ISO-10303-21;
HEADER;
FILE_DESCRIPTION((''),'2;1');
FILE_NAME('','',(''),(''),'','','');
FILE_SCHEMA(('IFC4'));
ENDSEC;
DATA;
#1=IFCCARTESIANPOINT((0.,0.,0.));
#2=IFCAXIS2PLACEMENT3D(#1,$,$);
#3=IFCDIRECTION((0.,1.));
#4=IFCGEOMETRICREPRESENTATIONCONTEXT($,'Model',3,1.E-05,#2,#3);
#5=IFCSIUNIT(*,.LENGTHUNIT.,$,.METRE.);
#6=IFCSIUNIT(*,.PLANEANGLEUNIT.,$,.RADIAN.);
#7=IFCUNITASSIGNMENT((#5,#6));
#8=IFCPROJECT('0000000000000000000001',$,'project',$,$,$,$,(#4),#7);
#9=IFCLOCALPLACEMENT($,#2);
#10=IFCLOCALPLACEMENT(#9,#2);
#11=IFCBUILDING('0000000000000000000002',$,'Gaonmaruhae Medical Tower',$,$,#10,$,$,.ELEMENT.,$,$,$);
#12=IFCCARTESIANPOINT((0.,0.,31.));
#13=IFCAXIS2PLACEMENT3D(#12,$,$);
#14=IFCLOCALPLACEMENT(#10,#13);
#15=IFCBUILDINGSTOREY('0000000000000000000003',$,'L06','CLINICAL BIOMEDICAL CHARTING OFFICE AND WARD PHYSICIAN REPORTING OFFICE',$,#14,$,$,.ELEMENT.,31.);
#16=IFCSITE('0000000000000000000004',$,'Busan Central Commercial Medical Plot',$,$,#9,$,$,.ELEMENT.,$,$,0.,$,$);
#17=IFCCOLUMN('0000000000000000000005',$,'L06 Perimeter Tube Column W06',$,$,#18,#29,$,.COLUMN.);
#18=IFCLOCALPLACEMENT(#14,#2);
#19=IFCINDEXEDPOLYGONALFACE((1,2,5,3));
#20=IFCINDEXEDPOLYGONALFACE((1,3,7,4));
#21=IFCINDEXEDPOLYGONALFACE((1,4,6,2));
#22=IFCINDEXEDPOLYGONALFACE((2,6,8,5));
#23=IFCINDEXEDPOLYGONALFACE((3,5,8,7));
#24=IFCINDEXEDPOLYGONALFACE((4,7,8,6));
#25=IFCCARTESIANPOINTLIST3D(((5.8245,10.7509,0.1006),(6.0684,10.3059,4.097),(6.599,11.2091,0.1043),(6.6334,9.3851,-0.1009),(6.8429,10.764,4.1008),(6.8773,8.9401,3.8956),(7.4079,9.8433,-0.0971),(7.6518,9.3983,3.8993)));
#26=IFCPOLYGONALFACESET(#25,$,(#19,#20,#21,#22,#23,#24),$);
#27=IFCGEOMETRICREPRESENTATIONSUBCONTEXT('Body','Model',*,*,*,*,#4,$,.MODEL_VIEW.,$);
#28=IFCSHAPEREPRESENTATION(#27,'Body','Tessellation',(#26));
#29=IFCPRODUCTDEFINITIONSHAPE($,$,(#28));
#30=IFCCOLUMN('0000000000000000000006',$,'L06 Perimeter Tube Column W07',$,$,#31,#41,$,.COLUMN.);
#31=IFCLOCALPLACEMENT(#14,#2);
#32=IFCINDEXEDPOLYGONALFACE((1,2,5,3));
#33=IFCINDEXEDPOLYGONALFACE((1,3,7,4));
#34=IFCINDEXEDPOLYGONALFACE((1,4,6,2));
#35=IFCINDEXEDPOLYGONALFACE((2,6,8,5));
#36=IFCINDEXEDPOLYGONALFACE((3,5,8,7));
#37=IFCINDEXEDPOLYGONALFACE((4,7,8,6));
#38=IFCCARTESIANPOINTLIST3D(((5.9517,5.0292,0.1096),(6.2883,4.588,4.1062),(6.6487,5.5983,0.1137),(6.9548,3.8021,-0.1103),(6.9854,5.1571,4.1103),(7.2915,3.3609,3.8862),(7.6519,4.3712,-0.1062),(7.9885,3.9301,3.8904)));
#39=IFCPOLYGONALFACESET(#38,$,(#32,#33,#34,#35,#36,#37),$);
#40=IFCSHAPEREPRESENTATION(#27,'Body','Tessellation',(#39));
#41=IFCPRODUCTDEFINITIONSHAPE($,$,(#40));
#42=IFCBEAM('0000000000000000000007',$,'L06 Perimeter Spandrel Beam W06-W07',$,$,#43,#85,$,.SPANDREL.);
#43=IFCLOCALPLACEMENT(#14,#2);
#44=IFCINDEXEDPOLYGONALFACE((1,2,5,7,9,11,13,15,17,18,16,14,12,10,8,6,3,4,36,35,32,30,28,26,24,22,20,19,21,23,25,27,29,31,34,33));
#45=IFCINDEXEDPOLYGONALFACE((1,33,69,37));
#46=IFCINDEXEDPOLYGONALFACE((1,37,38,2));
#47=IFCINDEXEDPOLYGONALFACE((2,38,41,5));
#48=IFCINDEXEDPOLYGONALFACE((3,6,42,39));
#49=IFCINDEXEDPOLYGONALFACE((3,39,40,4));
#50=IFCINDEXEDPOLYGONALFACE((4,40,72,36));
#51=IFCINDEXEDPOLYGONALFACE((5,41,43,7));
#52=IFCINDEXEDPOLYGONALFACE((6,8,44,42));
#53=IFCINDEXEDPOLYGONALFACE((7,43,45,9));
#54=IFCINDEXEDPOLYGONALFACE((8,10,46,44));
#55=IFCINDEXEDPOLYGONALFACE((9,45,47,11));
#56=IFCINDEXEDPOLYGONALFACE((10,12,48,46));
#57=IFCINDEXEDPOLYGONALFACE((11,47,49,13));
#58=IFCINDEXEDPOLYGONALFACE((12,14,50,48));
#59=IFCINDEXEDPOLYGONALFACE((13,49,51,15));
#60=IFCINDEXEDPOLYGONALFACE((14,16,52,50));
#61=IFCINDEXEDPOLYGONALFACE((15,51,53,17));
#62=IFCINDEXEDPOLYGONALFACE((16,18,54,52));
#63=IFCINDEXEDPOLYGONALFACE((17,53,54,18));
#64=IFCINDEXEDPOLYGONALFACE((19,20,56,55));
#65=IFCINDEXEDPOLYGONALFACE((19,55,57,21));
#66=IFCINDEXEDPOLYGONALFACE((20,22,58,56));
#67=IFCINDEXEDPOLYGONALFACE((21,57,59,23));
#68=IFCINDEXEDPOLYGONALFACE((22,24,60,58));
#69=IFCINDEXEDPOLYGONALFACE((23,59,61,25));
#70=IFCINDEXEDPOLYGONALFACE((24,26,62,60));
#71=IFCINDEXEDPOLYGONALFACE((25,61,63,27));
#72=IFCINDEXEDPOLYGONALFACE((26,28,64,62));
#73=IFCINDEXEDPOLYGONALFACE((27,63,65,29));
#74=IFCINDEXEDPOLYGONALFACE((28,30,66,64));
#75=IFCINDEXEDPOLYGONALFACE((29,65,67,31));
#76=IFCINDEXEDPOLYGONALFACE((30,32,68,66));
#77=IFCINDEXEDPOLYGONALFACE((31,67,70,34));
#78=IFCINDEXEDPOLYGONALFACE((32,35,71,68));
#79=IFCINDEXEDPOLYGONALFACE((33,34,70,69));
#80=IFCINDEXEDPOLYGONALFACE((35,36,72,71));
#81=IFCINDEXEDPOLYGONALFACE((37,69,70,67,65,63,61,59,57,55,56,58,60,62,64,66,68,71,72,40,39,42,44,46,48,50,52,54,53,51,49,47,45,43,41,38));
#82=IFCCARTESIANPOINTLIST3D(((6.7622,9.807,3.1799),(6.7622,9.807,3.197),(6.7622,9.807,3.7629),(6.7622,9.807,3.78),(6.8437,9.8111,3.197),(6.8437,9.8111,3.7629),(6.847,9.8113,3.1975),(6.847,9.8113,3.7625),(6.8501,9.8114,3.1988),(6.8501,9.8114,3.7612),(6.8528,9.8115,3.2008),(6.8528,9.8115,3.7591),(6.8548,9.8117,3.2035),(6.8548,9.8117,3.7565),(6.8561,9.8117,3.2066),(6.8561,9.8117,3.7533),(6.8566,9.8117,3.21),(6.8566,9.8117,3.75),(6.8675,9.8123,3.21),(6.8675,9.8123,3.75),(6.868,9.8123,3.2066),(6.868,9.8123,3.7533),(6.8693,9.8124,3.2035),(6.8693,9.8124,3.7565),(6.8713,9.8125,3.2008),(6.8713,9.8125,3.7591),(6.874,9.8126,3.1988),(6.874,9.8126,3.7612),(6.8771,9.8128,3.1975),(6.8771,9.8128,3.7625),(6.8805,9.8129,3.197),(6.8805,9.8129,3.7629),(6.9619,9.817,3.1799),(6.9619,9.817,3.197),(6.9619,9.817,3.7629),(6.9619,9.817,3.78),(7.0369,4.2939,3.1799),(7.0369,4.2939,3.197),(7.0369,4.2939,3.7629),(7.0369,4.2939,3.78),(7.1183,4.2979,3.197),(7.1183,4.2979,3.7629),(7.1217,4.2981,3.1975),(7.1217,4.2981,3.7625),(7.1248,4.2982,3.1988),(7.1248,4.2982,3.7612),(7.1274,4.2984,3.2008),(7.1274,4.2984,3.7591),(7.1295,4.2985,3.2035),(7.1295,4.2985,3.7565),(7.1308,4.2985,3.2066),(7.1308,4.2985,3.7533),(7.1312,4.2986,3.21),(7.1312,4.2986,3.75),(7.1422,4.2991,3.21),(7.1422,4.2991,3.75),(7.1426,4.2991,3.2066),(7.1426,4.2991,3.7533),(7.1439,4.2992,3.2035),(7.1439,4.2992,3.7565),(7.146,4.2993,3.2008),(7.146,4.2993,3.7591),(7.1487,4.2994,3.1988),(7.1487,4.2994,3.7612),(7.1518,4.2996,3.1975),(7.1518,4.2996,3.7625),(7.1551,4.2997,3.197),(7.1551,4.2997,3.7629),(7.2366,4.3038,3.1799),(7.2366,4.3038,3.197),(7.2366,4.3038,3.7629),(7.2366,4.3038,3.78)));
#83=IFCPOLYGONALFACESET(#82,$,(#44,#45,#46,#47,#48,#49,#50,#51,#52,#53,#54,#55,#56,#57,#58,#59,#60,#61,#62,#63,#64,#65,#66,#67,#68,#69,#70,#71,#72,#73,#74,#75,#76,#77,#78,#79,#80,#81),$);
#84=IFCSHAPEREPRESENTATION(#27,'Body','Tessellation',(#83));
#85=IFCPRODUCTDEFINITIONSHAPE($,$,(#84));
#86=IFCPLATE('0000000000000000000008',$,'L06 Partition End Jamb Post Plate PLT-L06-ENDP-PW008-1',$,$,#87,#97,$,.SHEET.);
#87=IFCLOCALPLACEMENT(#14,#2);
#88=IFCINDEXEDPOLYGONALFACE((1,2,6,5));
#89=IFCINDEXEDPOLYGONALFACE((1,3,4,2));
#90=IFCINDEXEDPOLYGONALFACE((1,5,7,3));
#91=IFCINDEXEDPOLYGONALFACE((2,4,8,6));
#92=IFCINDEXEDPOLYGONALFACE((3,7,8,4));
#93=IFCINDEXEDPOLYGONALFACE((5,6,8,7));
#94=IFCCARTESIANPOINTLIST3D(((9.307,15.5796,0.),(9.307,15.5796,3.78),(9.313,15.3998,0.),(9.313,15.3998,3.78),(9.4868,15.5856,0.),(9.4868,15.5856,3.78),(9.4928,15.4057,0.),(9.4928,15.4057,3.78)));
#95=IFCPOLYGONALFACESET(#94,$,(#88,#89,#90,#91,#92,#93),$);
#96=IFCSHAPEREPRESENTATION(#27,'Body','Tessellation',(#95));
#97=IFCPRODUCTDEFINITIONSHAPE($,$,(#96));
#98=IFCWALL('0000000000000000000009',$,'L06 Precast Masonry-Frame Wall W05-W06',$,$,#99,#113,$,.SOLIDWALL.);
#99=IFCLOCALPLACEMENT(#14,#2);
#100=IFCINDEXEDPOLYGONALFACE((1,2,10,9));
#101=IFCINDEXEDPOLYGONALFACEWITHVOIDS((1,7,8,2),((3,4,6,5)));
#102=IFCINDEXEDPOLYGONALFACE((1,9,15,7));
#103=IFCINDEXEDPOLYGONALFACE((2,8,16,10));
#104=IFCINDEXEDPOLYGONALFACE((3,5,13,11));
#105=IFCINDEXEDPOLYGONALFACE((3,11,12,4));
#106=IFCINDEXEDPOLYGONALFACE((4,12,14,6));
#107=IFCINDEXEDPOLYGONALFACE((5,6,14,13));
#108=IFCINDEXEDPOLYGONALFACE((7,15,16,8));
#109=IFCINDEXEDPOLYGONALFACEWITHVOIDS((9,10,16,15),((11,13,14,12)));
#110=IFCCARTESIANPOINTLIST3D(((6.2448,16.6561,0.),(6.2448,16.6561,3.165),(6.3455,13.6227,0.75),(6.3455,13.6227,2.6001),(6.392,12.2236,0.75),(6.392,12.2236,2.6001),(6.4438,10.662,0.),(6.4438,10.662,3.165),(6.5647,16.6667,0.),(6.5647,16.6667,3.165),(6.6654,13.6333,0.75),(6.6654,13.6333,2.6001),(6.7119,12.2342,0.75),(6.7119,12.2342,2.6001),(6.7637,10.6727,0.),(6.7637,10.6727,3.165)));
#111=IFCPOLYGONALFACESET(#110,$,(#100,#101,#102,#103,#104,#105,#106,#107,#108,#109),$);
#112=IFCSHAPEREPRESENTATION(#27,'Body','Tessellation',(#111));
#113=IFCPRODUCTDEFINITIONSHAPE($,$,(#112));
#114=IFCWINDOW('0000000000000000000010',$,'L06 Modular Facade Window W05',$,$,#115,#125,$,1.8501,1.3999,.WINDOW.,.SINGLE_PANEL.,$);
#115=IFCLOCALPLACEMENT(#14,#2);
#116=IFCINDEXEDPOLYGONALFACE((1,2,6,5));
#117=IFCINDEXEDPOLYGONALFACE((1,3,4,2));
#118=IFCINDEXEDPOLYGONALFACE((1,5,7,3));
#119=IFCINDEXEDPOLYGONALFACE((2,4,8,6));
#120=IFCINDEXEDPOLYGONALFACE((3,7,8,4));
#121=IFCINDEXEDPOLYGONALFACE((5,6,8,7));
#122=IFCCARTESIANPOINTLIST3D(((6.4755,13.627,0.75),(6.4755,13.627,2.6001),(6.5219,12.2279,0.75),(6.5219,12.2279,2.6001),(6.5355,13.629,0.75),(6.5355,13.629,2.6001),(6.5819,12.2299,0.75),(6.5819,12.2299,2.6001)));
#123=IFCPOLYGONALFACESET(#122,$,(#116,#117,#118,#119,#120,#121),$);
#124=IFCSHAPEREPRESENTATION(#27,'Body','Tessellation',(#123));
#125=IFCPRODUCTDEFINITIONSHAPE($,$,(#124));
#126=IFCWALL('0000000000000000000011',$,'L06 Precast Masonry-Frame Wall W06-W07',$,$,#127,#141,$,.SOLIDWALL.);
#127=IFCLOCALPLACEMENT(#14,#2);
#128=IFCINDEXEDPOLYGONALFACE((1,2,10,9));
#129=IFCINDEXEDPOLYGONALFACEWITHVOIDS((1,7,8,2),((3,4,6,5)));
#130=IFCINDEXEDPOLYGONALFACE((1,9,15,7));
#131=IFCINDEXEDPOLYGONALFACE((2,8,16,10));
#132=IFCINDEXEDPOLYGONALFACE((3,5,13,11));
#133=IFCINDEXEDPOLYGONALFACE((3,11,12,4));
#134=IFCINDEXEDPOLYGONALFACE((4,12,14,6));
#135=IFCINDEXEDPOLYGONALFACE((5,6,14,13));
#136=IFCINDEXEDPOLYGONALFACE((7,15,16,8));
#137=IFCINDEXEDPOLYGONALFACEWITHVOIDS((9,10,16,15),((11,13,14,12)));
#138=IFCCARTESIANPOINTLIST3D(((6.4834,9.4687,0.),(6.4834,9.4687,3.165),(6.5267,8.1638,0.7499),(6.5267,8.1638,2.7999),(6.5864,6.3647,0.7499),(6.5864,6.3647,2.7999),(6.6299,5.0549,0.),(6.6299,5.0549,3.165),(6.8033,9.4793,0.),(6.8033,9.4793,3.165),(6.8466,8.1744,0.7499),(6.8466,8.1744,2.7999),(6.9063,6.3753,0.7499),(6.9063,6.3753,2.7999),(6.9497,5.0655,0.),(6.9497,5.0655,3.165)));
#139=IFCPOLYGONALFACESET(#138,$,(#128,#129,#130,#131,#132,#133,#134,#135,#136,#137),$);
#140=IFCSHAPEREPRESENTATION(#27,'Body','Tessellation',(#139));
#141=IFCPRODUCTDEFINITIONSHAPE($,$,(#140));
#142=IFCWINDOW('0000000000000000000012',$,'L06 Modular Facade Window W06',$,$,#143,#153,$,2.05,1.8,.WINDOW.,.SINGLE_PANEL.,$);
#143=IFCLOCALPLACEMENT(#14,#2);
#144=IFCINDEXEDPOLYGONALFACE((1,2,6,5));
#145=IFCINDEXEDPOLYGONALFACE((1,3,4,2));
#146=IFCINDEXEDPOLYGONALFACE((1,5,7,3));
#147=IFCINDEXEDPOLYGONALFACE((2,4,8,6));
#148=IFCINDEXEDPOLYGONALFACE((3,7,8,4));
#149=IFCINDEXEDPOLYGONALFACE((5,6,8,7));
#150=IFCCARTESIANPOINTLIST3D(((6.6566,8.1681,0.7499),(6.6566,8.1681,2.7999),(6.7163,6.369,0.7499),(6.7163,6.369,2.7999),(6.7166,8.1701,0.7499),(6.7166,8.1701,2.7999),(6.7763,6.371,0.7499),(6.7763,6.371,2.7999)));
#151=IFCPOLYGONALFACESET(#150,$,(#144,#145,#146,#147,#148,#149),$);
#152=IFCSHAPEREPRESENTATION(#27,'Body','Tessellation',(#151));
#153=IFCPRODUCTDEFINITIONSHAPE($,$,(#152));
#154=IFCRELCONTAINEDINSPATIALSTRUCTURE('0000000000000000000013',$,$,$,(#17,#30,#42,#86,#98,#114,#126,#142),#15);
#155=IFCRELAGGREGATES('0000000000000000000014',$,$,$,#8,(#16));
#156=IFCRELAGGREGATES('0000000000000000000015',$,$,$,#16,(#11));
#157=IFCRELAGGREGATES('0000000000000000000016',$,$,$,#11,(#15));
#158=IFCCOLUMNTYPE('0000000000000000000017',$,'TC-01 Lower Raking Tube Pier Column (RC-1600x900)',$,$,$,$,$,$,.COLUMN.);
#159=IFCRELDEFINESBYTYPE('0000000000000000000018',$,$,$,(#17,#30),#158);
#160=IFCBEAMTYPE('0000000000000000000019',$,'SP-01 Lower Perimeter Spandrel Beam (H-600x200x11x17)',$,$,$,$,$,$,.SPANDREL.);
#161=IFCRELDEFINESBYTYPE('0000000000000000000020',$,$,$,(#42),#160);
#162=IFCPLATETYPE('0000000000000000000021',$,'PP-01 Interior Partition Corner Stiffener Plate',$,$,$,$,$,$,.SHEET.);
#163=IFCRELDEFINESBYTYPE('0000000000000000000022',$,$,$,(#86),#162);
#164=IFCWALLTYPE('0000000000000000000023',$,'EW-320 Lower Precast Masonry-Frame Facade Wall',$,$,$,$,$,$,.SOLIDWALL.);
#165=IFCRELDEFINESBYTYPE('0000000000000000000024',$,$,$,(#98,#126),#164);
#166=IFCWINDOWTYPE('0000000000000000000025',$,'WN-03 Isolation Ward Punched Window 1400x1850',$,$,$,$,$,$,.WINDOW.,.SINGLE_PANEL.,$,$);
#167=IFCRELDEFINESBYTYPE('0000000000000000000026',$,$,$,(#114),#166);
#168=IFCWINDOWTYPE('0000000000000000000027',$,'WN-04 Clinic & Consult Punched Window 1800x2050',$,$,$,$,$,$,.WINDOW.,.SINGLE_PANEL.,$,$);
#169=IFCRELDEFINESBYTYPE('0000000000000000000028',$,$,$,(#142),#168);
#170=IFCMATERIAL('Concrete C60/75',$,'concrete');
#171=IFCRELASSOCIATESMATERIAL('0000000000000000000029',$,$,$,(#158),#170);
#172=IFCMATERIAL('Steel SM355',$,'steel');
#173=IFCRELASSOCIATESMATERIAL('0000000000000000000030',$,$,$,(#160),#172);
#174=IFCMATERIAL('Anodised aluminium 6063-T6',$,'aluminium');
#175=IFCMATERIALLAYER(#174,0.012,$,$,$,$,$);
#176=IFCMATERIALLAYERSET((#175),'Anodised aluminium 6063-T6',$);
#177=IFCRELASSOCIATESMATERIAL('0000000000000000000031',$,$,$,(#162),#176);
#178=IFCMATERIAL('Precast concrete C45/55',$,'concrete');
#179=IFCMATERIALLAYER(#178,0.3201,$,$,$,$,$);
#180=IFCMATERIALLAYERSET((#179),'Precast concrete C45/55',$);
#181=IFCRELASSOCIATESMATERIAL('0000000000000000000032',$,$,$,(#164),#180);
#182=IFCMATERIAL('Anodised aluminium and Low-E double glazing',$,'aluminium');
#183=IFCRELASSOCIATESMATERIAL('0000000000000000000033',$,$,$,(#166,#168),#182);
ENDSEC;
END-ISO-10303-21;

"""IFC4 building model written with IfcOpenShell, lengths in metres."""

from ifc_helpers import new_model, si_unit, direction, frame, frame_2d, origin, origin_2d, place, context, subcontext, project, spatial, rectangle, i_section, extrude, material, layer, layer_set, material_profile, profile_set, type_object, element, fill, save


model = new_model("IFC4")

# Units and contexts
model_context = context("Model", 3, precision=1e-05, world=origin(), true_north=direction((0.0, 1.0)))
body_context = subcontext(model_context, "Body", "Model", "MODEL_VIEW")
ifc_project = project(units=[si_unit("LENGTHUNIT", "METRE"), si_unit("PLANEANGLEUNIT", "RADIAN")], contexts=[model_context])

# Site, building, storey
site_placement = place(None, origin())
site = spatial("IfcSite", under=ifc_project, at=site_placement, Name="Busan Central Commercial Medical Plot", CompositionType="ELEMENT", RefElevation=0.0)
building_placement = place(site_placement, origin())
building = spatial("IfcBuilding", under=site, at=building_placement, Name="Gaonmaruhae Medical Tower", CompositionType="ELEMENT")
storey_placement = place(building_placement, frame((0.0, 0.0, 31.0)))
storey = spatial("IfcBuildingStorey", under=building, at=storey_placement, Name="L06", Description="CLINICAL BIOMEDICAL CHARTING OFFICE AND WARD PHYSICIAN REPORTING OFFICE", CompositionType="ELEMENT", Elevation=31.0)

# Columns
ifc_material_1 = material(Name="Concrete C60/75", Category="concrete")
ifc_material_profile_1 = material_profile(ifc_material_1, rectangle(XDim=1.6001, YDim=0.8999, at=origin_2d()), Name="RC-1600x900")
ifc_profile_set_1 = profile_set([ifc_material_profile_1], Name="Concrete C60/75")
column_type = type_object("IfcColumnType", Name="TC-01 Lower Raking Tube Pier Column (RC-1600x900)", PredefinedType="COLUMN", material=ifc_profile_set_1)
column_1_placement = place(storey_placement, frame((6.6162, 10.2971, 0.0017), z_axis=(0.06054, -0.110475, 0.992033), x_axis=(-0.505555, 0.853558, 0.125906)))
element("IfcColumn", 1, at=column_1_placement, inside=storey, type_object=column_type, Name="L06 Perimeter Tube Column W06", PredefinedType="COLUMN", context=body_context, shape_type="SweptSolid", body=[
    extrude(rectangle(XDim=1.6001, YDim=0.8999, at=origin_2d()), origin(), (0.0, 0.0, 1.0), 4.0286),
])
column_2_placement = place(storey_placement, frame((6.8018, 4.7002, 0.0017), z_axis=(0.083439, -0.109336, 0.990497), x_axis=(-0.626927, 0.766855, 0.137461)))
element("IfcColumn", 2, at=column_2_placement, inside=storey, type_object=column_type, Name="L06 Perimeter Tube Column W07", PredefinedType="COLUMN", context=body_context, shape_type="SweptSolid", body=[
    extrude(rectangle(XDim=1.6001, YDim=0.8999, at=origin_2d()), origin(), (0.0, 0.0, 1.0), 4.0349),
])

# Beam
ifc_material_2 = material(Name="Steel SM355", Category="steel")
ifc_material_profile_2 = material_profile(ifc_material_2, i_section(OverallWidth=0.2, OverallDepth=0.6001, WebThickness=0.011, FlangeThickness=0.0171, FilletRadius=0.0129, at=origin_2d()), Name="H-600x200x11x17")
ifc_profile_set_2 = profile_set([ifc_material_profile_2], Name="Steel SM355")
beam_type = type_object("IfcBeamType", Name="SP-01 Lower Perimeter Spandrel Beam (H-600x200x11x17)", PredefinedType="SPANDREL", material=ifc_profile_set_2)
beam_placement = place(storey_placement, frame((6.8621, 9.812, 3.48), z_axis=(0.049757, -0.998761, 0.0), x_axis=(0.998761, 0.049757, 0.0)))
element("IfcBeam", 3, at=beam_placement, inside=storey, type_object=beam_type, Name="L06 Perimeter Spandrel Beam W06-W07", PredefinedType="SPANDREL", context=body_context, shape_type="SweptSolid", body=[
    extrude(i_section(OverallWidth=0.2, OverallDepth=0.6001, WebThickness=0.011, FlangeThickness=0.0171, FilletRadius=0.0129, at=origin_2d()), origin(), (0.0, 0.0, 1.0), 5.52),
])

# Plate
ifc_material_3 = material(Name="Anodised aluminium 6063-T6", Category="aluminium")
ifc_layer_1 = layer(ifc_material_3, 0.012)
ifc_layer_set_1 = layer_set([ifc_layer_1], Name="Anodised aluminium 6063-T6")
plate_type = type_object("IfcPlateType", Name="PP-01 Interior Partition Corner Stiffener Plate", PredefinedType="SHEET", material=ifc_layer_set_1)
plate_placement = place(storey_placement, frame((9.3999, 15.4927, 0.0), z_axis=(0.0, 0.0, 1.0), x_axis=(0.999448, 0.033225, 0.0)))
element("IfcPlate", 4, at=plate_placement, inside=storey, type_object=plate_type, Name="L06 Partition End Jamb Post Plate PLT-L06-ENDP-PW008-1", PredefinedType="SHEET", context=body_context, shape_type="SweptSolid", body=[
    extrude(rectangle(XDim=0.1799, YDim=0.1799, at=origin_2d()), origin(), (0.0, 0.0, 1.0), 3.78),
])

# Walls, openings, windows
ifc_material_4 = material(Name="Precast concrete C45/55", Category="concrete")
ifc_layer_2 = layer(ifc_material_4, 0.3201)
ifc_layer_set_2 = layer_set([ifc_layer_2], Name="Precast concrete C45/55")
wall_type_1 = type_object("IfcWallType", Name="EW-320 Lower Precast Masonry-Frame Facade Wall", PredefinedType="SOLIDWALL", material=ifc_layer_set_2)
wall_1_placement = place(storey_placement, frame((6.6038, 10.6675, 0.0), z_axis=(0.0, 0.0, 1.0), x_axis=(-0.033178, 0.999449, 0.0)))
wall_1 = element("IfcWall", 5, at=wall_1_placement, inside=storey, type_object=wall_type_1, Name="L06 Precast Masonry-Frame Wall W05-W06", PredefinedType="SOLIDWALL", context=body_context, shape_type="SweptSolid", body=[
    extrude(rectangle(XDim=5.9973, YDim=0.3201, at=frame_2d((2.9985, 0.0))), origin(), (0.0, 0.0, 1.0), 3.165),
])
opening_1_placement = place(wall_1_placement, frame((1.5623, 0.0, 0.75)))
opening_1 = element("IfcOpeningElement", 6, at=opening_1_placement, cuts=wall_1, PredefinedType="OPENING", context=body_context, shape_type="SweptSolid", body=[
    extrude(rectangle(XDim=1.3999, YDim=1.8501, at=frame_2d((0.7, 0.925))), frame((0.0, 0.1699, 0.0), z_axis=(0.0, -1.0, 0.0), x_axis=(1.0, 0.0, 0.0)), (0.0, 0.0, 1.0), 0.3401),
])
ifc_material_5 = material(Name="Anodised aluminium and Low-E double glazing", Category="aluminium")
window_type_1 = type_object("IfcWindowType", Name="WN-03 Isolation Ward Punched Window 1400x1850", PartitioningType="SINGLE_PANEL", PredefinedType="WINDOW", material=ifc_material_5)
window_1_placement = place(opening_1_placement, origin())
window_1 = element("IfcWindow", 7, at=window_1_placement, inside=storey, type_object=window_type_1, Name="L06 Modular Facade Window W05", OverallHeight=1.8501, OverallWidth=1.3999, PartitioningType="SINGLE_PANEL", PredefinedType="WINDOW", context=body_context, shape_type="SweptSolid", body=[
    extrude(rectangle(XDim=1.3999, YDim=1.8501, at=frame_2d((0.7, 0.925))), frame((0.0, 0.03, 0.0), z_axis=(0.0, -1.0, 0.0), x_axis=(1.0, 0.0, 0.0)), (0.0, 0.0, 1.0), 0.0601),
])
fill(opening_1, window_1)
wall_2_placement = place(storey_placement, frame((6.7898, 5.0603, 0.0), z_axis=(0.0, 0.0, 1.0), x_axis=(-0.033169, 0.99945, 0.0)))
wall_2 = element("IfcWall", 8, at=wall_2_placement, inside=storey, type_object=wall_type_1, Name="L06 Precast Masonry-Frame Wall W06-W07", PredefinedType="SOLIDWALL", context=body_context, shape_type="SweptSolid", body=[
    extrude(rectangle(XDim=4.4163, YDim=0.3201, at=frame_2d((2.208, 0.0))), origin(), (0.0, 0.0, 1.0), 3.165),
])
opening_2_placement = place(wall_2_placement, frame((1.3105, 0.0, 0.75)))
opening_2 = element("IfcOpeningElement", 9, at=opening_2_placement, cuts=wall_2, PredefinedType="OPENING", context=body_context, shape_type="SweptSolid", body=[
    extrude(rectangle(XDim=1.8, YDim=2.05, at=frame_2d((0.8999, 1.0249))), frame((0.0, 0.1699, 0.0), z_axis=(0.0, -1.0, 0.0), x_axis=(1.0, 0.0, 0.0)), (0.0, 0.0, 1.0), 0.3401),
])
window_type_2 = type_object("IfcWindowType", Name="WN-04 Clinic & Consult Punched Window 1800x2050", PartitioningType="SINGLE_PANEL", PredefinedType="WINDOW", material=ifc_material_5)
window_2_placement = place(opening_2_placement, origin())
window_2 = element("IfcWindow", 10, at=window_2_placement, inside=storey, type_object=window_type_2, Name="L06 Modular Facade Window W06", OverallHeight=2.05, OverallWidth=1.8, PartitioningType="SINGLE_PANEL", PredefinedType="WINDOW", context=body_context, shape_type="SweptSolid", body=[
    extrude(rectangle(XDim=1.8, YDim=2.05, at=frame_2d((0.8999, 1.0249))), frame((0.0, 0.03, 0.0), z_axis=(0.0, -1.0, 0.0), x_axis=(1.0, 0.0, 0.0)), (0.0, 0.0, 1.0), 0.0601),
])
fill(opening_2, window_2)

save(model, "model.ifc")
